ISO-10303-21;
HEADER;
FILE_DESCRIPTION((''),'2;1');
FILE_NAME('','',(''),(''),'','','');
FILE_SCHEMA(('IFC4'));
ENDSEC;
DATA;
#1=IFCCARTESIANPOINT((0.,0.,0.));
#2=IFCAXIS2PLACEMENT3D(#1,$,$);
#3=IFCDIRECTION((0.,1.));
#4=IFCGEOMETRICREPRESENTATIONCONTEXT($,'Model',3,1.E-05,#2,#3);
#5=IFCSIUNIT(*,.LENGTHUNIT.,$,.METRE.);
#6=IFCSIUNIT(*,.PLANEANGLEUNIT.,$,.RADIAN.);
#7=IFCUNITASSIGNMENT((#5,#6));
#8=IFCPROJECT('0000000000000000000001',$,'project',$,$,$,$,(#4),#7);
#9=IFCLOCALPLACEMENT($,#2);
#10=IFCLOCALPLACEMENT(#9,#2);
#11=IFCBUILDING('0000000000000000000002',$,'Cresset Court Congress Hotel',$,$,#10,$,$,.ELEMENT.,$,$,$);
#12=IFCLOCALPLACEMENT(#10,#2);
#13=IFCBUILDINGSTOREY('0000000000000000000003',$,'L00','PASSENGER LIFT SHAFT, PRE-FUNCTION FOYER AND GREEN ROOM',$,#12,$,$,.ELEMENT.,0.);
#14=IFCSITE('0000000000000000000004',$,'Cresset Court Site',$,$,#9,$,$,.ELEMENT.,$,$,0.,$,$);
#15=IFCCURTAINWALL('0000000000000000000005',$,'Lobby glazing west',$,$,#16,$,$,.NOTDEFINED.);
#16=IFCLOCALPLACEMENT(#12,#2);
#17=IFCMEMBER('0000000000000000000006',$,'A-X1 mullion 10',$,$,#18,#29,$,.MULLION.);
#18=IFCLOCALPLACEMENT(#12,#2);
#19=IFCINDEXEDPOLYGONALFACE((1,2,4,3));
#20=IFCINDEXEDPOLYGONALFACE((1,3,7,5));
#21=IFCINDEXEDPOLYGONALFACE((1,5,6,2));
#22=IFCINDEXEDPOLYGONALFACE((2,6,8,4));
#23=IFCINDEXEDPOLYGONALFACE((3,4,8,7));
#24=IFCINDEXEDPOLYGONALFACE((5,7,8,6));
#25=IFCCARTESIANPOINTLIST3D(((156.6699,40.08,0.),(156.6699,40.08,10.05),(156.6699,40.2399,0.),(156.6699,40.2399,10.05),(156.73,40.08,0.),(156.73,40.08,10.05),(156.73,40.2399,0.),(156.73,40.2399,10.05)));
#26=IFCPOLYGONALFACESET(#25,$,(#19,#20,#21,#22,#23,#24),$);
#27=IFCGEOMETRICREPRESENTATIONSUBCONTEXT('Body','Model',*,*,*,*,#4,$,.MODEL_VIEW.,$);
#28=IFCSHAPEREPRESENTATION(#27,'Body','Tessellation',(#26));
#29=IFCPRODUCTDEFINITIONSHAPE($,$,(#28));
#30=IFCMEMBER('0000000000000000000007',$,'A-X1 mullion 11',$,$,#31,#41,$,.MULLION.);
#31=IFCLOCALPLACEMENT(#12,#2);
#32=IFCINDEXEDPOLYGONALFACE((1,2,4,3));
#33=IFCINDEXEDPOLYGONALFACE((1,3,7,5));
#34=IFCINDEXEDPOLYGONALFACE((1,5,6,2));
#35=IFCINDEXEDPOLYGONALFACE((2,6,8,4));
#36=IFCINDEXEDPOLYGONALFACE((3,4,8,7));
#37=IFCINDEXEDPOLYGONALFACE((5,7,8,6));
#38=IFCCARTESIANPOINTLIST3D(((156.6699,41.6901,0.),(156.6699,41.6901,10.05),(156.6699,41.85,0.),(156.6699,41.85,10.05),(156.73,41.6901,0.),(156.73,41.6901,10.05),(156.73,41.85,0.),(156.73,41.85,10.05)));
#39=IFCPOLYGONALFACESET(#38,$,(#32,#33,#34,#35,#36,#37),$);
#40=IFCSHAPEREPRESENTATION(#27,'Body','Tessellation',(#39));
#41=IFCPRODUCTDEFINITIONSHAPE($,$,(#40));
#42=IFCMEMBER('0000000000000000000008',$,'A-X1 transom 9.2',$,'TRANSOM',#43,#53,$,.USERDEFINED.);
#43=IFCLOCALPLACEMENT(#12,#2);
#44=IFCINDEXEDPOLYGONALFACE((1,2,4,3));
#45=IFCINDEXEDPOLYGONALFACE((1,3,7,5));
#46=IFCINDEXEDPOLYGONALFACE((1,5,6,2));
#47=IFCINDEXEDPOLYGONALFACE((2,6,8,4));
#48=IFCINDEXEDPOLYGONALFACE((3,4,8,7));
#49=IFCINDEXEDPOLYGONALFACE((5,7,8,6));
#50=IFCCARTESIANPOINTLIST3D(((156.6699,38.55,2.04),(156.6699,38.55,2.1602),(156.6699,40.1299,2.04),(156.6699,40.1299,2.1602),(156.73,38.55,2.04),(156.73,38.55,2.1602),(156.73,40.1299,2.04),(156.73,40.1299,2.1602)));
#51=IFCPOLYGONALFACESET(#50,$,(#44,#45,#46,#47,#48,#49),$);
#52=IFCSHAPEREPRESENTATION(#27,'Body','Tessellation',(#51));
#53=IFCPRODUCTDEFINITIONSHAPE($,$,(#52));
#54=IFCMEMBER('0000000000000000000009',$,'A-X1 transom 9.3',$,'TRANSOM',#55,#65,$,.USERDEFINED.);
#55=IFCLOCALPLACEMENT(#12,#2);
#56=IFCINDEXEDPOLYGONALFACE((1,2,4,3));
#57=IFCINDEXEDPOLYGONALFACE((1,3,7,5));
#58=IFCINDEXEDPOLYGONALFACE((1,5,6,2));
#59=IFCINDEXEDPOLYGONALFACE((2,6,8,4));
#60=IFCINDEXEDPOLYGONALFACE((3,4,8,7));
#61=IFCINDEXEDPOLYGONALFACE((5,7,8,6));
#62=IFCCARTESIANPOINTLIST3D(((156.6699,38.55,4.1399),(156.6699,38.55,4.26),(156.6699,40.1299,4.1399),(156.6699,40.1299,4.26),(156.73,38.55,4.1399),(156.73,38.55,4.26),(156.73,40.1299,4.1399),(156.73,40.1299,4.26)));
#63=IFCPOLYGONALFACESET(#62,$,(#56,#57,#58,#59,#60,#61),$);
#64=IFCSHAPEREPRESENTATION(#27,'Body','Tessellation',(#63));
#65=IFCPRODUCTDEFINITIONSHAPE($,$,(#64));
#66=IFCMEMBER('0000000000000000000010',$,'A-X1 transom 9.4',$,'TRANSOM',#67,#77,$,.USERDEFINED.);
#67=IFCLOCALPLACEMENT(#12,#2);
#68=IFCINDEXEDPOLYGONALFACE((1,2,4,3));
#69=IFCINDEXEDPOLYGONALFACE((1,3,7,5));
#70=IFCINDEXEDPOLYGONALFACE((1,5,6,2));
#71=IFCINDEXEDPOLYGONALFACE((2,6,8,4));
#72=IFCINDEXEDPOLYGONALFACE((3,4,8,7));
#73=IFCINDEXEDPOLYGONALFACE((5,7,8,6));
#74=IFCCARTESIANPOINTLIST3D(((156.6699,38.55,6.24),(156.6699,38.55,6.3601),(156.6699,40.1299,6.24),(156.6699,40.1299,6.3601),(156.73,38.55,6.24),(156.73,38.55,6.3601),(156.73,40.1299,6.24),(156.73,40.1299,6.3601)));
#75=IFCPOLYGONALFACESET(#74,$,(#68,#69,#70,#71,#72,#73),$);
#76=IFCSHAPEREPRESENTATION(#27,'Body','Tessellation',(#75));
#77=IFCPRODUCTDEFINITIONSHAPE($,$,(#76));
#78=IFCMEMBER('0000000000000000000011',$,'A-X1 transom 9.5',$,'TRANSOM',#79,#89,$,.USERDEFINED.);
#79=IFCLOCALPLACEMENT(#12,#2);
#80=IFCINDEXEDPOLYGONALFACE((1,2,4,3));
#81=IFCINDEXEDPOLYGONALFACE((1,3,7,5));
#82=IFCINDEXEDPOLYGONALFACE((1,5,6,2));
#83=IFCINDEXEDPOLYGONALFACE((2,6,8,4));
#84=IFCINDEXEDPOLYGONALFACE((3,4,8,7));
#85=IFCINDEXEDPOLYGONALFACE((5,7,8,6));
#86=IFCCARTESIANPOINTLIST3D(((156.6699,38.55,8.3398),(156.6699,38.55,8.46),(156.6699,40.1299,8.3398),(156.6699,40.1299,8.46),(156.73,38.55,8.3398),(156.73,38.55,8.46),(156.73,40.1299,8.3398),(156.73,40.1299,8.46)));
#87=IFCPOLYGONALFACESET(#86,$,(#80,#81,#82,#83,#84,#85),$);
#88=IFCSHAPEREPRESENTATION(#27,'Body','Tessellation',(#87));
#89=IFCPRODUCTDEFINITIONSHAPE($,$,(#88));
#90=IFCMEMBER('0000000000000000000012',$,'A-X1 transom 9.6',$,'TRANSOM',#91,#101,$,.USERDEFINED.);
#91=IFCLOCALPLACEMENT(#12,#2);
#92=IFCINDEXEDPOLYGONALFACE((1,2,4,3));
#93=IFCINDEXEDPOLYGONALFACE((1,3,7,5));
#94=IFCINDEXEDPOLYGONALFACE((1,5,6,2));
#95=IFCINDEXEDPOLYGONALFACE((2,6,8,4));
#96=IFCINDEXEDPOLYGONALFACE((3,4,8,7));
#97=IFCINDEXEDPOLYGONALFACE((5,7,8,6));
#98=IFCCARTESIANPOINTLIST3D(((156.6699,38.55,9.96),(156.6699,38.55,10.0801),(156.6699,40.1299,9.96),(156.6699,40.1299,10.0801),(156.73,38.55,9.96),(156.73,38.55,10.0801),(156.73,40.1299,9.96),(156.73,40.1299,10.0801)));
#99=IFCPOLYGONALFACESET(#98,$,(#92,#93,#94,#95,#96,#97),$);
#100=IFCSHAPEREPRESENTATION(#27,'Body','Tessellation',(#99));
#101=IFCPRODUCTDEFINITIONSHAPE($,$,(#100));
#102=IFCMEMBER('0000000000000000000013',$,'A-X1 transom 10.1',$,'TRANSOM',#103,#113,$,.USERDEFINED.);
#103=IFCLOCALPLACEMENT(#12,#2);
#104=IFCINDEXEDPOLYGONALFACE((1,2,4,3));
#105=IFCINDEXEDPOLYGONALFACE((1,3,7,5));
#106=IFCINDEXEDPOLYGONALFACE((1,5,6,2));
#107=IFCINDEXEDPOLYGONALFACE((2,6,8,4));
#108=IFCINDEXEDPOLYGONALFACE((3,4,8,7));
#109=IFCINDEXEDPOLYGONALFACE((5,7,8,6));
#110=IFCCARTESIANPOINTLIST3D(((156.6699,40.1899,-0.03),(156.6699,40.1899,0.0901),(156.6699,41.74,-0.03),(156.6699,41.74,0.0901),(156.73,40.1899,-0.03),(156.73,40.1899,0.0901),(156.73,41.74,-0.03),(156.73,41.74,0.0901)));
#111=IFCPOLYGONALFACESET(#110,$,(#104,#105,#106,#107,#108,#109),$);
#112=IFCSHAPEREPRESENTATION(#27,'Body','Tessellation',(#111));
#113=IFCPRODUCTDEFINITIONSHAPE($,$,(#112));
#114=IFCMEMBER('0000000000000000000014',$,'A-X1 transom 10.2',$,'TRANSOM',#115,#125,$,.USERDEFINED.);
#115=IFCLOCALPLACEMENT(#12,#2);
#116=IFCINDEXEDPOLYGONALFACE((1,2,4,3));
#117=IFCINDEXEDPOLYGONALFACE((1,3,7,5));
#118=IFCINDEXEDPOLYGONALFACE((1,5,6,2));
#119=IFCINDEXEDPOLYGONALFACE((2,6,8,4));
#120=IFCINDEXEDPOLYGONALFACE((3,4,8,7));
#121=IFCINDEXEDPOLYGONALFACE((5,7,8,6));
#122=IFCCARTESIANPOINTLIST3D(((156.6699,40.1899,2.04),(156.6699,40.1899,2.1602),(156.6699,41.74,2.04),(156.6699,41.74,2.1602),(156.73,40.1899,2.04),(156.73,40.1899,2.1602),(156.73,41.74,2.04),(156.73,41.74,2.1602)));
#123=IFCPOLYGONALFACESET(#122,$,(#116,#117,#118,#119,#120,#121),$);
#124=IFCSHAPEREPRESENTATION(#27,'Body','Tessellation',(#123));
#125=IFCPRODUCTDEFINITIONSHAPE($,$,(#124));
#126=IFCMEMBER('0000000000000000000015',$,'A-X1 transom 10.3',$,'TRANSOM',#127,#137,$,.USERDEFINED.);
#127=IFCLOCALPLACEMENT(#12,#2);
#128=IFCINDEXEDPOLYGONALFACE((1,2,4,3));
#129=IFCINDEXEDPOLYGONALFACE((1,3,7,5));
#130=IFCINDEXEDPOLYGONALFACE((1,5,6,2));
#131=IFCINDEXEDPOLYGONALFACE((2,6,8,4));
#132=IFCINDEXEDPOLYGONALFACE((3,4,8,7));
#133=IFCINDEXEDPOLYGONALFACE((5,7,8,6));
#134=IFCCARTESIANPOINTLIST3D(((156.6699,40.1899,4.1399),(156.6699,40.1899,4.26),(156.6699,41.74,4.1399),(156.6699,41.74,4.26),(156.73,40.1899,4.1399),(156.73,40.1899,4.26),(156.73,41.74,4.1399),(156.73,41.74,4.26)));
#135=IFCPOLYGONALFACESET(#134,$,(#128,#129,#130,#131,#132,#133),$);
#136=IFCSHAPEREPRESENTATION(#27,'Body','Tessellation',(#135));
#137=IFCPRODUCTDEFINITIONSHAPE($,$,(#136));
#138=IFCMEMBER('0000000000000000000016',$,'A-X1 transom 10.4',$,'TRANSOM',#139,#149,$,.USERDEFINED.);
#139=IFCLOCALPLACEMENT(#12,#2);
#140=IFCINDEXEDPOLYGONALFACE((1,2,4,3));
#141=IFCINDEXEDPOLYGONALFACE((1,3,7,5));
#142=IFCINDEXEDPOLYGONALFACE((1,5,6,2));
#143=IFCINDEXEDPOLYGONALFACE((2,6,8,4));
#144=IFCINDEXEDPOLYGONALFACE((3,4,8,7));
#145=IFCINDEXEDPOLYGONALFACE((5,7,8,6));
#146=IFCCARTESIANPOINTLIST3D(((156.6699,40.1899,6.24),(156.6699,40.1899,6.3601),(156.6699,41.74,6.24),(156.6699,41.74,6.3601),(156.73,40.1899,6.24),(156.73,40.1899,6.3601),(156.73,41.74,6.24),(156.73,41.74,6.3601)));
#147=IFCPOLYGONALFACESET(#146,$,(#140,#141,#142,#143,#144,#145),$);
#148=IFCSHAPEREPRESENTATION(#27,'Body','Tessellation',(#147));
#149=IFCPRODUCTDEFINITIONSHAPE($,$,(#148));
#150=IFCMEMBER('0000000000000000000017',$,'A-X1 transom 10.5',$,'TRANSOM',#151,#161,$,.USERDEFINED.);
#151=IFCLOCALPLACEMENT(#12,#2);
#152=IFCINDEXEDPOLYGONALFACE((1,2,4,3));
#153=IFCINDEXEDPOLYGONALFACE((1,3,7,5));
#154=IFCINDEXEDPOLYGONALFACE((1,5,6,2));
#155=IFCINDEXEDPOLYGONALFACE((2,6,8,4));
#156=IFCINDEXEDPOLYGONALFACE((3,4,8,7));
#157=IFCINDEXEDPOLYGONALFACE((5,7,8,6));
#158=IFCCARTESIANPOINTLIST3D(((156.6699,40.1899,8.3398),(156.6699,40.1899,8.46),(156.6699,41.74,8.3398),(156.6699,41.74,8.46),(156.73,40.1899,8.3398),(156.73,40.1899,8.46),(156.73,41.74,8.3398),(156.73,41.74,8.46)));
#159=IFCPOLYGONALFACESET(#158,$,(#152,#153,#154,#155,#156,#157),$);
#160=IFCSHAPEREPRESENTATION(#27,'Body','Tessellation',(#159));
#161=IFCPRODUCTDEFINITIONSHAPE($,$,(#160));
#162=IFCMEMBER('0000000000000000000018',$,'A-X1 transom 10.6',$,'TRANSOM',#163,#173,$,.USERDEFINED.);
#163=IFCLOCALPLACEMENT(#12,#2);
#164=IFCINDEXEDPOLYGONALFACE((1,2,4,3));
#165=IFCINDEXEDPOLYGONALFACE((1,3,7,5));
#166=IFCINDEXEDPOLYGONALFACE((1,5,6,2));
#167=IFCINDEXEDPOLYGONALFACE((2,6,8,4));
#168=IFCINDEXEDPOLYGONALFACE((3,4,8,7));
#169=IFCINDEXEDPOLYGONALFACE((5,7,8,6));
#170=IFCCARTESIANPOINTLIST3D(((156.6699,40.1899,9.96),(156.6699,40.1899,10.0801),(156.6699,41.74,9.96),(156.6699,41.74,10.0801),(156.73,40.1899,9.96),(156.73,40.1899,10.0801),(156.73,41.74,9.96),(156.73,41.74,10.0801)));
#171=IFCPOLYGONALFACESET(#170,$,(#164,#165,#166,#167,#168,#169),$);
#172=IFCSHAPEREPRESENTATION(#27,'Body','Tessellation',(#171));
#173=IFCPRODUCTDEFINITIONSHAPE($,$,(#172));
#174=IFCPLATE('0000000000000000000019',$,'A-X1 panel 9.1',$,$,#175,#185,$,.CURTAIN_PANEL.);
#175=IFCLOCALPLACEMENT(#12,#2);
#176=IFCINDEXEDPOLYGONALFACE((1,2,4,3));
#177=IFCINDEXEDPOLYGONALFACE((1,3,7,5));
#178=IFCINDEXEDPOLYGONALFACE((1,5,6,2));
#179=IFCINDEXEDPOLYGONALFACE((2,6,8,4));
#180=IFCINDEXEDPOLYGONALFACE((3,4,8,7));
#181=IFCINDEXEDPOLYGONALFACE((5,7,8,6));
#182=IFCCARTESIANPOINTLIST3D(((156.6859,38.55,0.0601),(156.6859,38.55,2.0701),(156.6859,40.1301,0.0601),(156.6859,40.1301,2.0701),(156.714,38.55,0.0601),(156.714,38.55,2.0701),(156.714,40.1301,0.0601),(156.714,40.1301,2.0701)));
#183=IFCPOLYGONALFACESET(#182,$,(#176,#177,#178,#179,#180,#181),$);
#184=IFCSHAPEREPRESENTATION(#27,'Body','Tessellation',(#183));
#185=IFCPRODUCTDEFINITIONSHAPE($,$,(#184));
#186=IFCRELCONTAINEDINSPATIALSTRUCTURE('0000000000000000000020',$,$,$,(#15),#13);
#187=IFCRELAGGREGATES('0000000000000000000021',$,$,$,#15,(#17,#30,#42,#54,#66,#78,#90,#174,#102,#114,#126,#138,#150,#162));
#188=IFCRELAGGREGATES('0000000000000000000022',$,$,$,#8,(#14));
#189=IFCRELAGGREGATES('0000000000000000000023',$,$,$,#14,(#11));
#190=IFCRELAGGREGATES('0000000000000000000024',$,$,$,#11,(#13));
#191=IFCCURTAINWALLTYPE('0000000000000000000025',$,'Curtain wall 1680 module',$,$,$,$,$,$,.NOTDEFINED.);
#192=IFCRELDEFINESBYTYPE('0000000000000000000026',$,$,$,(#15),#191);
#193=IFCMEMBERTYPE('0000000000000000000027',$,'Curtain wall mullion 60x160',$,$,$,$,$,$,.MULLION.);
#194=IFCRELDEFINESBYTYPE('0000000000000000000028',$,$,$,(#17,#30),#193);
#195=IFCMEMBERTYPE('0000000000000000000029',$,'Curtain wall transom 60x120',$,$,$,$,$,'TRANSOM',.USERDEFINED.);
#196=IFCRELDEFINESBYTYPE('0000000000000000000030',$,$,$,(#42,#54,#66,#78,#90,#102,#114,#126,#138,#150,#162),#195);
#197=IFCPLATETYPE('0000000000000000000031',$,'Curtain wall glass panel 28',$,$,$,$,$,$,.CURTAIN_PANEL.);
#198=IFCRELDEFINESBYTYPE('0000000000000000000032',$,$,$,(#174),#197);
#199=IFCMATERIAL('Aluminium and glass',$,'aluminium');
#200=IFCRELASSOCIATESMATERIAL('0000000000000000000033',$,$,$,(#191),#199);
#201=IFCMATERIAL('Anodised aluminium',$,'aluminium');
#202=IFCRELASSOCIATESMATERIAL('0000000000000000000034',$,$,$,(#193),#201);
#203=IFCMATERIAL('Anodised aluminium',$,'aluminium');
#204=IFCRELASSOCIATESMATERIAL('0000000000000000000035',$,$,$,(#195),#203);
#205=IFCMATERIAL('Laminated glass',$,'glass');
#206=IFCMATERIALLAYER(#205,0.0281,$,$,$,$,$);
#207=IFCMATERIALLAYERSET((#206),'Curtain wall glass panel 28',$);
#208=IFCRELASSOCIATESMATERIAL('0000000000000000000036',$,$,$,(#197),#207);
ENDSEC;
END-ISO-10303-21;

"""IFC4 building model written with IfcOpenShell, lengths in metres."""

from ifc_helpers import new_model, si_unit, direction, frame, origin, origin_2d, place, context, subcontext, project, spatial, rectangle, extrude, material, layer, layer_set, material_profile, profile_set, type_object, element, aggregate, save


model = new_model("IFC4")

# Units and contexts
model_context = context("Model", 3, precision=1e-05, world=origin(), true_north=direction((0.0, 1.0)))
body_context = subcontext(model_context, "Body", "Model", "MODEL_VIEW")
ifc_project = project(units=[si_unit("LENGTHUNIT", "METRE"), si_unit("PLANEANGLEUNIT", "RADIAN")], contexts=[model_context])

# Site, building, storey
site_placement = place(None, origin())
site = spatial("IfcSite", under=ifc_project, at=site_placement, Name="Cresset Court Site", CompositionType="ELEMENT", RefElevation=0.0)
building_placement = place(site_placement, origin())
building = spatial("IfcBuilding", under=site, at=building_placement, Name="Cresset Court Congress Hotel", CompositionType="ELEMENT")
storey_placement = place(building_placement, origin())
storey = spatial("IfcBuildingStorey", under=building, at=storey_placement, Name="L00", Description="PASSENGER LIFT SHAFT, PRE-FUNCTION FOYER AND GREEN ROOM", CompositionType="ELEMENT", Elevation=0.0)

# Curtain wall, members, plate
ifc_material_1 = material(Name="Aluminium and glass", Category="aluminium")
curtain_wall_type = type_object("IfcCurtainWallType", Name="Curtain wall 1680 module", PredefinedType="NOTDEFINED", material=ifc_material_1)
curtain_wall_placement = place(storey_placement, origin())
curtain_wall = element("IfcCurtainWall", 1, at=curtain_wall_placement, inside=storey, type_object=curtain_wall_type, Name="Lobby glazing west", PredefinedType="NOTDEFINED")
ifc_material_2 = material(Name="Anodised aluminium", Category="aluminium")
ifc_material_profile_1 = material_profile(ifc_material_2, rectangle(XDim=0.0601, YDim=0.1599, at=origin_2d()), Name="AL60x160")
ifc_profile_set_1 = profile_set([ifc_material_profile_1], Name="Anodised aluminium")
member_type_1 = type_object("IfcMemberType", Name="Curtain wall mullion 60x160", PredefinedType="MULLION", material=ifc_profile_set_1)
member_1_placement = place(storey_placement, frame((156.7, 40.1599, 0.0), z_axis=(0.0, 0.0, 1.0), x_axis=(-1.0, 0.0, 0.0)))
member_1 = element("IfcMember", 2, at=member_1_placement, type_object=member_type_1, Name="A-X1 mullion 10", PredefinedType="MULLION", context=body_context, shape_type="SweptSolid", body=[
    extrude(rectangle(XDim=0.0601, YDim=0.1599, at=origin_2d()), origin(), (0.0, 0.0, 1.0), 10.05),
])
member_2_placement = place(storey_placement, frame((156.7, 41.77, 0.0), z_axis=(0.0, 0.0, 1.0), x_axis=(-1.0, 0.0, 0.0)))
member_2 = element("IfcMember", 3, at=member_2_placement, type_object=member_type_1, Name="A-X1 mullion 11", PredefinedType="MULLION", context=body_context, shape_type="SweptSolid", body=[
    extrude(rectangle(XDim=0.0601, YDim=0.1599, at=origin_2d()), origin(), (0.0, 0.0, 1.0), 10.05),
])
ifc_material_3 = material(Name="Anodised aluminium", Category="aluminium")
ifc_material_profile_2 = material_profile(ifc_material_3, rectangle(XDim=0.0601, YDim=0.1201, at=origin_2d()), Name="AL60x120")
ifc_profile_set_2 = profile_set([ifc_material_profile_2], Name="Anodised aluminium")
member_type_2 = type_object("IfcMemberType", Name="Curtain wall transom 60x120", ElementType="TRANSOM", PredefinedType="USERDEFINED", material=ifc_profile_set_2)
member_3_placement = place(storey_placement, frame((156.7, 38.55, 2.1001), z_axis=(0.0, 1.0, 0.0), x_axis=(-1.0, 0.0, 0.0)))
member_3 = element("IfcMember", 4, at=member_3_placement, type_object=member_type_2, Name="A-X1 transom 9.2", ObjectType="TRANSOM", PredefinedType="USERDEFINED", context=body_context, shape_type="SweptSolid", body=[
    extrude(rectangle(XDim=0.0601, YDim=0.1201, at=origin_2d()), origin(), (0.0, 0.0, 1.0), 1.5798),
])
member_4_placement = place(storey_placement, frame((156.7, 38.55, 4.2), z_axis=(0.0, 1.0, 0.0), x_axis=(-1.0, 0.0, 0.0)))
member_4 = element("IfcMember", 5, at=member_4_placement, type_object=member_type_2, Name="A-X1 transom 9.3", ObjectType="TRANSOM", PredefinedType="USERDEFINED", context=body_context, shape_type="SweptSolid", body=[
    extrude(rectangle(XDim=0.0601, YDim=0.1201, at=origin_2d()), origin(), (0.0, 0.0, 1.0), 1.5798),
])
member_5_placement = place(storey_placement, frame((156.7, 38.55, 6.3), z_axis=(0.0, 1.0, 0.0), x_axis=(-1.0, 0.0, 0.0)))
member_5 = element("IfcMember", 6, at=member_5_placement, type_object=member_type_2, Name="A-X1 transom 9.4", ObjectType="TRANSOM", PredefinedType="USERDEFINED", context=body_context, shape_type="SweptSolid", body=[
    extrude(rectangle(XDim=0.0601, YDim=0.1201, at=origin_2d()), origin(), (0.0, 0.0, 1.0), 1.5798),
])
member_6_placement = place(storey_placement, frame((156.7, 38.55, 8.3999), z_axis=(0.0, 1.0, 0.0), x_axis=(-1.0, 0.0, 0.0)))
member_6 = element("IfcMember", 7, at=member_6_placement, type_object=member_type_2, Name="A-X1 transom 9.5", ObjectType="TRANSOM", PredefinedType="USERDEFINED", context=body_context, shape_type="SweptSolid", body=[
    extrude(rectangle(XDim=0.0601, YDim=0.1201, at=origin_2d()), origin(), (0.0, 0.0, 1.0), 1.5798),
])
member_7_placement = place(storey_placement, frame((156.7, 38.55, 10.02), z_axis=(0.0, 1.0, 0.0), x_axis=(-1.0, 0.0, 0.0)))
member_7 = element("IfcMember", 8, at=member_7_placement, type_object=member_type_2, Name="A-X1 transom 9.6", ObjectType="TRANSOM", PredefinedType="USERDEFINED", context=body_context, shape_type="SweptSolid", body=[
    extrude(rectangle(XDim=0.0601, YDim=0.1201, at=origin_2d()), origin(), (0.0, 0.0, 1.0), 1.5798),
])
member_8_placement = place(storey_placement, frame((156.7, 40.1899, 0.03), z_axis=(0.0, 1.0, 0.0), x_axis=(-1.0, 0.0, 0.0)))
member_8 = element("IfcMember", 9, at=member_8_placement, type_object=member_type_2, Name="A-X1 transom 10.1", ObjectType="TRANSOM", PredefinedType="USERDEFINED", context=body_context, shape_type="SweptSolid", body=[
    extrude(rectangle(XDim=0.0601, YDim=0.1201, at=origin_2d()), origin(), (0.0, 0.0, 1.0), 1.55),
])
member_9_placement = place(storey_placement, frame((156.7, 40.1899, 2.1001), z_axis=(0.0, 1.0, 0.0), x_axis=(-1.0, 0.0, 0.0)))
member_9 = element("IfcMember", 10, at=member_9_placement, type_object=member_type_2, Name="A-X1 transom 10.2", ObjectType="TRANSOM", PredefinedType="USERDEFINED", context=body_context, shape_type="SweptSolid", body=[
    extrude(rectangle(XDim=0.0601, YDim=0.1201, at=origin_2d()), origin(), (0.0, 0.0, 1.0), 1.55),
])
member_10_placement = place(storey_placement, frame((156.7, 40.1899, 4.2), z_axis=(0.0, 1.0, 0.0), x_axis=(-1.0, 0.0, 0.0)))
member_10 = element("IfcMember", 11, at=member_10_placement, type_object=member_type_2, Name="A-X1 transom 10.3", ObjectType="TRANSOM", PredefinedType="USERDEFINED", context=body_context, shape_type="SweptSolid", body=[
    extrude(rectangle(XDim=0.0601, YDim=0.1201, at=origin_2d()), origin(), (0.0, 0.0, 1.0), 1.55),
])
member_11_placement = place(storey_placement, frame((156.7, 40.1899, 6.3), z_axis=(0.0, 1.0, 0.0), x_axis=(-1.0, 0.0, 0.0)))
member_11 = element("IfcMember", 12, at=member_11_placement, type_object=member_type_2, Name="A-X1 transom 10.4", ObjectType="TRANSOM", PredefinedType="USERDEFINED", context=body_context, shape_type="SweptSolid", body=[
    extrude(rectangle(XDim=0.0601, YDim=0.1201, at=origin_2d()), origin(), (0.0, 0.0, 1.0), 1.55),
])
member_12_placement = place(storey_placement, frame((156.7, 40.1899, 8.3999), z_axis=(0.0, 1.0, 0.0), x_axis=(-1.0, 0.0, 0.0)))
member_12 = element("IfcMember", 13, at=member_12_placement, type_object=member_type_2, Name="A-X1 transom 10.5", ObjectType="TRANSOM", PredefinedType="USERDEFINED", context=body_context, shape_type="SweptSolid", body=[
    extrude(rectangle(XDim=0.0601, YDim=0.1201, at=origin_2d()), origin(), (0.0, 0.0, 1.0), 1.55),
])
member_13_placement = place(storey_placement, frame((156.7, 40.1899, 10.02), z_axis=(0.0, 1.0, 0.0), x_axis=(-1.0, 0.0, 0.0)))
member_13 = element("IfcMember", 14, at=member_13_placement, type_object=member_type_2, Name="A-X1 transom 10.6", ObjectType="TRANSOM", PredefinedType="USERDEFINED", context=body_context, shape_type="SweptSolid", body=[
    extrude(rectangle(XDim=0.0601, YDim=0.1201, at=origin_2d()), origin(), (0.0, 0.0, 1.0), 1.55),
])
ifc_material_4 = material(Name="Laminated glass", Category="glass")
ifc_layer_1 = layer(ifc_material_4, 0.0281)
ifc_layer_set_1 = layer_set([ifc_layer_1], Name="Curtain wall glass panel 28")
plate_type = type_object("IfcPlateType", Name="Curtain wall glass panel 28", PredefinedType="CURTAIN_PANEL", material=ifc_layer_set_1)
plate_1_placement = place(storey_placement, frame((156.7, 39.3401, 0.0601), z_axis=(0.0, 0.0, 1.0), x_axis=(0.0, 1.0, 0.0)))
plate_1 = element("IfcPlate", 15, at=plate_1_placement, type_object=plate_type, Name="A-X1 panel 9.1", PredefinedType="CURTAIN_PANEL", context=body_context, shape_type="SweptSolid", body=[
    extrude(rectangle(XDim=1.5801, YDim=0.0281, at=origin_2d()), origin(), (0.0, 0.0, 1.0), 2.01),
])
aggregate(curtain_wall, [member_1, member_2, member_3, member_4, member_5, member_6, member_7, plate_1, member_8, member_9, member_10, member_11, member_12, member_13])

save(model, "model.ifc")
